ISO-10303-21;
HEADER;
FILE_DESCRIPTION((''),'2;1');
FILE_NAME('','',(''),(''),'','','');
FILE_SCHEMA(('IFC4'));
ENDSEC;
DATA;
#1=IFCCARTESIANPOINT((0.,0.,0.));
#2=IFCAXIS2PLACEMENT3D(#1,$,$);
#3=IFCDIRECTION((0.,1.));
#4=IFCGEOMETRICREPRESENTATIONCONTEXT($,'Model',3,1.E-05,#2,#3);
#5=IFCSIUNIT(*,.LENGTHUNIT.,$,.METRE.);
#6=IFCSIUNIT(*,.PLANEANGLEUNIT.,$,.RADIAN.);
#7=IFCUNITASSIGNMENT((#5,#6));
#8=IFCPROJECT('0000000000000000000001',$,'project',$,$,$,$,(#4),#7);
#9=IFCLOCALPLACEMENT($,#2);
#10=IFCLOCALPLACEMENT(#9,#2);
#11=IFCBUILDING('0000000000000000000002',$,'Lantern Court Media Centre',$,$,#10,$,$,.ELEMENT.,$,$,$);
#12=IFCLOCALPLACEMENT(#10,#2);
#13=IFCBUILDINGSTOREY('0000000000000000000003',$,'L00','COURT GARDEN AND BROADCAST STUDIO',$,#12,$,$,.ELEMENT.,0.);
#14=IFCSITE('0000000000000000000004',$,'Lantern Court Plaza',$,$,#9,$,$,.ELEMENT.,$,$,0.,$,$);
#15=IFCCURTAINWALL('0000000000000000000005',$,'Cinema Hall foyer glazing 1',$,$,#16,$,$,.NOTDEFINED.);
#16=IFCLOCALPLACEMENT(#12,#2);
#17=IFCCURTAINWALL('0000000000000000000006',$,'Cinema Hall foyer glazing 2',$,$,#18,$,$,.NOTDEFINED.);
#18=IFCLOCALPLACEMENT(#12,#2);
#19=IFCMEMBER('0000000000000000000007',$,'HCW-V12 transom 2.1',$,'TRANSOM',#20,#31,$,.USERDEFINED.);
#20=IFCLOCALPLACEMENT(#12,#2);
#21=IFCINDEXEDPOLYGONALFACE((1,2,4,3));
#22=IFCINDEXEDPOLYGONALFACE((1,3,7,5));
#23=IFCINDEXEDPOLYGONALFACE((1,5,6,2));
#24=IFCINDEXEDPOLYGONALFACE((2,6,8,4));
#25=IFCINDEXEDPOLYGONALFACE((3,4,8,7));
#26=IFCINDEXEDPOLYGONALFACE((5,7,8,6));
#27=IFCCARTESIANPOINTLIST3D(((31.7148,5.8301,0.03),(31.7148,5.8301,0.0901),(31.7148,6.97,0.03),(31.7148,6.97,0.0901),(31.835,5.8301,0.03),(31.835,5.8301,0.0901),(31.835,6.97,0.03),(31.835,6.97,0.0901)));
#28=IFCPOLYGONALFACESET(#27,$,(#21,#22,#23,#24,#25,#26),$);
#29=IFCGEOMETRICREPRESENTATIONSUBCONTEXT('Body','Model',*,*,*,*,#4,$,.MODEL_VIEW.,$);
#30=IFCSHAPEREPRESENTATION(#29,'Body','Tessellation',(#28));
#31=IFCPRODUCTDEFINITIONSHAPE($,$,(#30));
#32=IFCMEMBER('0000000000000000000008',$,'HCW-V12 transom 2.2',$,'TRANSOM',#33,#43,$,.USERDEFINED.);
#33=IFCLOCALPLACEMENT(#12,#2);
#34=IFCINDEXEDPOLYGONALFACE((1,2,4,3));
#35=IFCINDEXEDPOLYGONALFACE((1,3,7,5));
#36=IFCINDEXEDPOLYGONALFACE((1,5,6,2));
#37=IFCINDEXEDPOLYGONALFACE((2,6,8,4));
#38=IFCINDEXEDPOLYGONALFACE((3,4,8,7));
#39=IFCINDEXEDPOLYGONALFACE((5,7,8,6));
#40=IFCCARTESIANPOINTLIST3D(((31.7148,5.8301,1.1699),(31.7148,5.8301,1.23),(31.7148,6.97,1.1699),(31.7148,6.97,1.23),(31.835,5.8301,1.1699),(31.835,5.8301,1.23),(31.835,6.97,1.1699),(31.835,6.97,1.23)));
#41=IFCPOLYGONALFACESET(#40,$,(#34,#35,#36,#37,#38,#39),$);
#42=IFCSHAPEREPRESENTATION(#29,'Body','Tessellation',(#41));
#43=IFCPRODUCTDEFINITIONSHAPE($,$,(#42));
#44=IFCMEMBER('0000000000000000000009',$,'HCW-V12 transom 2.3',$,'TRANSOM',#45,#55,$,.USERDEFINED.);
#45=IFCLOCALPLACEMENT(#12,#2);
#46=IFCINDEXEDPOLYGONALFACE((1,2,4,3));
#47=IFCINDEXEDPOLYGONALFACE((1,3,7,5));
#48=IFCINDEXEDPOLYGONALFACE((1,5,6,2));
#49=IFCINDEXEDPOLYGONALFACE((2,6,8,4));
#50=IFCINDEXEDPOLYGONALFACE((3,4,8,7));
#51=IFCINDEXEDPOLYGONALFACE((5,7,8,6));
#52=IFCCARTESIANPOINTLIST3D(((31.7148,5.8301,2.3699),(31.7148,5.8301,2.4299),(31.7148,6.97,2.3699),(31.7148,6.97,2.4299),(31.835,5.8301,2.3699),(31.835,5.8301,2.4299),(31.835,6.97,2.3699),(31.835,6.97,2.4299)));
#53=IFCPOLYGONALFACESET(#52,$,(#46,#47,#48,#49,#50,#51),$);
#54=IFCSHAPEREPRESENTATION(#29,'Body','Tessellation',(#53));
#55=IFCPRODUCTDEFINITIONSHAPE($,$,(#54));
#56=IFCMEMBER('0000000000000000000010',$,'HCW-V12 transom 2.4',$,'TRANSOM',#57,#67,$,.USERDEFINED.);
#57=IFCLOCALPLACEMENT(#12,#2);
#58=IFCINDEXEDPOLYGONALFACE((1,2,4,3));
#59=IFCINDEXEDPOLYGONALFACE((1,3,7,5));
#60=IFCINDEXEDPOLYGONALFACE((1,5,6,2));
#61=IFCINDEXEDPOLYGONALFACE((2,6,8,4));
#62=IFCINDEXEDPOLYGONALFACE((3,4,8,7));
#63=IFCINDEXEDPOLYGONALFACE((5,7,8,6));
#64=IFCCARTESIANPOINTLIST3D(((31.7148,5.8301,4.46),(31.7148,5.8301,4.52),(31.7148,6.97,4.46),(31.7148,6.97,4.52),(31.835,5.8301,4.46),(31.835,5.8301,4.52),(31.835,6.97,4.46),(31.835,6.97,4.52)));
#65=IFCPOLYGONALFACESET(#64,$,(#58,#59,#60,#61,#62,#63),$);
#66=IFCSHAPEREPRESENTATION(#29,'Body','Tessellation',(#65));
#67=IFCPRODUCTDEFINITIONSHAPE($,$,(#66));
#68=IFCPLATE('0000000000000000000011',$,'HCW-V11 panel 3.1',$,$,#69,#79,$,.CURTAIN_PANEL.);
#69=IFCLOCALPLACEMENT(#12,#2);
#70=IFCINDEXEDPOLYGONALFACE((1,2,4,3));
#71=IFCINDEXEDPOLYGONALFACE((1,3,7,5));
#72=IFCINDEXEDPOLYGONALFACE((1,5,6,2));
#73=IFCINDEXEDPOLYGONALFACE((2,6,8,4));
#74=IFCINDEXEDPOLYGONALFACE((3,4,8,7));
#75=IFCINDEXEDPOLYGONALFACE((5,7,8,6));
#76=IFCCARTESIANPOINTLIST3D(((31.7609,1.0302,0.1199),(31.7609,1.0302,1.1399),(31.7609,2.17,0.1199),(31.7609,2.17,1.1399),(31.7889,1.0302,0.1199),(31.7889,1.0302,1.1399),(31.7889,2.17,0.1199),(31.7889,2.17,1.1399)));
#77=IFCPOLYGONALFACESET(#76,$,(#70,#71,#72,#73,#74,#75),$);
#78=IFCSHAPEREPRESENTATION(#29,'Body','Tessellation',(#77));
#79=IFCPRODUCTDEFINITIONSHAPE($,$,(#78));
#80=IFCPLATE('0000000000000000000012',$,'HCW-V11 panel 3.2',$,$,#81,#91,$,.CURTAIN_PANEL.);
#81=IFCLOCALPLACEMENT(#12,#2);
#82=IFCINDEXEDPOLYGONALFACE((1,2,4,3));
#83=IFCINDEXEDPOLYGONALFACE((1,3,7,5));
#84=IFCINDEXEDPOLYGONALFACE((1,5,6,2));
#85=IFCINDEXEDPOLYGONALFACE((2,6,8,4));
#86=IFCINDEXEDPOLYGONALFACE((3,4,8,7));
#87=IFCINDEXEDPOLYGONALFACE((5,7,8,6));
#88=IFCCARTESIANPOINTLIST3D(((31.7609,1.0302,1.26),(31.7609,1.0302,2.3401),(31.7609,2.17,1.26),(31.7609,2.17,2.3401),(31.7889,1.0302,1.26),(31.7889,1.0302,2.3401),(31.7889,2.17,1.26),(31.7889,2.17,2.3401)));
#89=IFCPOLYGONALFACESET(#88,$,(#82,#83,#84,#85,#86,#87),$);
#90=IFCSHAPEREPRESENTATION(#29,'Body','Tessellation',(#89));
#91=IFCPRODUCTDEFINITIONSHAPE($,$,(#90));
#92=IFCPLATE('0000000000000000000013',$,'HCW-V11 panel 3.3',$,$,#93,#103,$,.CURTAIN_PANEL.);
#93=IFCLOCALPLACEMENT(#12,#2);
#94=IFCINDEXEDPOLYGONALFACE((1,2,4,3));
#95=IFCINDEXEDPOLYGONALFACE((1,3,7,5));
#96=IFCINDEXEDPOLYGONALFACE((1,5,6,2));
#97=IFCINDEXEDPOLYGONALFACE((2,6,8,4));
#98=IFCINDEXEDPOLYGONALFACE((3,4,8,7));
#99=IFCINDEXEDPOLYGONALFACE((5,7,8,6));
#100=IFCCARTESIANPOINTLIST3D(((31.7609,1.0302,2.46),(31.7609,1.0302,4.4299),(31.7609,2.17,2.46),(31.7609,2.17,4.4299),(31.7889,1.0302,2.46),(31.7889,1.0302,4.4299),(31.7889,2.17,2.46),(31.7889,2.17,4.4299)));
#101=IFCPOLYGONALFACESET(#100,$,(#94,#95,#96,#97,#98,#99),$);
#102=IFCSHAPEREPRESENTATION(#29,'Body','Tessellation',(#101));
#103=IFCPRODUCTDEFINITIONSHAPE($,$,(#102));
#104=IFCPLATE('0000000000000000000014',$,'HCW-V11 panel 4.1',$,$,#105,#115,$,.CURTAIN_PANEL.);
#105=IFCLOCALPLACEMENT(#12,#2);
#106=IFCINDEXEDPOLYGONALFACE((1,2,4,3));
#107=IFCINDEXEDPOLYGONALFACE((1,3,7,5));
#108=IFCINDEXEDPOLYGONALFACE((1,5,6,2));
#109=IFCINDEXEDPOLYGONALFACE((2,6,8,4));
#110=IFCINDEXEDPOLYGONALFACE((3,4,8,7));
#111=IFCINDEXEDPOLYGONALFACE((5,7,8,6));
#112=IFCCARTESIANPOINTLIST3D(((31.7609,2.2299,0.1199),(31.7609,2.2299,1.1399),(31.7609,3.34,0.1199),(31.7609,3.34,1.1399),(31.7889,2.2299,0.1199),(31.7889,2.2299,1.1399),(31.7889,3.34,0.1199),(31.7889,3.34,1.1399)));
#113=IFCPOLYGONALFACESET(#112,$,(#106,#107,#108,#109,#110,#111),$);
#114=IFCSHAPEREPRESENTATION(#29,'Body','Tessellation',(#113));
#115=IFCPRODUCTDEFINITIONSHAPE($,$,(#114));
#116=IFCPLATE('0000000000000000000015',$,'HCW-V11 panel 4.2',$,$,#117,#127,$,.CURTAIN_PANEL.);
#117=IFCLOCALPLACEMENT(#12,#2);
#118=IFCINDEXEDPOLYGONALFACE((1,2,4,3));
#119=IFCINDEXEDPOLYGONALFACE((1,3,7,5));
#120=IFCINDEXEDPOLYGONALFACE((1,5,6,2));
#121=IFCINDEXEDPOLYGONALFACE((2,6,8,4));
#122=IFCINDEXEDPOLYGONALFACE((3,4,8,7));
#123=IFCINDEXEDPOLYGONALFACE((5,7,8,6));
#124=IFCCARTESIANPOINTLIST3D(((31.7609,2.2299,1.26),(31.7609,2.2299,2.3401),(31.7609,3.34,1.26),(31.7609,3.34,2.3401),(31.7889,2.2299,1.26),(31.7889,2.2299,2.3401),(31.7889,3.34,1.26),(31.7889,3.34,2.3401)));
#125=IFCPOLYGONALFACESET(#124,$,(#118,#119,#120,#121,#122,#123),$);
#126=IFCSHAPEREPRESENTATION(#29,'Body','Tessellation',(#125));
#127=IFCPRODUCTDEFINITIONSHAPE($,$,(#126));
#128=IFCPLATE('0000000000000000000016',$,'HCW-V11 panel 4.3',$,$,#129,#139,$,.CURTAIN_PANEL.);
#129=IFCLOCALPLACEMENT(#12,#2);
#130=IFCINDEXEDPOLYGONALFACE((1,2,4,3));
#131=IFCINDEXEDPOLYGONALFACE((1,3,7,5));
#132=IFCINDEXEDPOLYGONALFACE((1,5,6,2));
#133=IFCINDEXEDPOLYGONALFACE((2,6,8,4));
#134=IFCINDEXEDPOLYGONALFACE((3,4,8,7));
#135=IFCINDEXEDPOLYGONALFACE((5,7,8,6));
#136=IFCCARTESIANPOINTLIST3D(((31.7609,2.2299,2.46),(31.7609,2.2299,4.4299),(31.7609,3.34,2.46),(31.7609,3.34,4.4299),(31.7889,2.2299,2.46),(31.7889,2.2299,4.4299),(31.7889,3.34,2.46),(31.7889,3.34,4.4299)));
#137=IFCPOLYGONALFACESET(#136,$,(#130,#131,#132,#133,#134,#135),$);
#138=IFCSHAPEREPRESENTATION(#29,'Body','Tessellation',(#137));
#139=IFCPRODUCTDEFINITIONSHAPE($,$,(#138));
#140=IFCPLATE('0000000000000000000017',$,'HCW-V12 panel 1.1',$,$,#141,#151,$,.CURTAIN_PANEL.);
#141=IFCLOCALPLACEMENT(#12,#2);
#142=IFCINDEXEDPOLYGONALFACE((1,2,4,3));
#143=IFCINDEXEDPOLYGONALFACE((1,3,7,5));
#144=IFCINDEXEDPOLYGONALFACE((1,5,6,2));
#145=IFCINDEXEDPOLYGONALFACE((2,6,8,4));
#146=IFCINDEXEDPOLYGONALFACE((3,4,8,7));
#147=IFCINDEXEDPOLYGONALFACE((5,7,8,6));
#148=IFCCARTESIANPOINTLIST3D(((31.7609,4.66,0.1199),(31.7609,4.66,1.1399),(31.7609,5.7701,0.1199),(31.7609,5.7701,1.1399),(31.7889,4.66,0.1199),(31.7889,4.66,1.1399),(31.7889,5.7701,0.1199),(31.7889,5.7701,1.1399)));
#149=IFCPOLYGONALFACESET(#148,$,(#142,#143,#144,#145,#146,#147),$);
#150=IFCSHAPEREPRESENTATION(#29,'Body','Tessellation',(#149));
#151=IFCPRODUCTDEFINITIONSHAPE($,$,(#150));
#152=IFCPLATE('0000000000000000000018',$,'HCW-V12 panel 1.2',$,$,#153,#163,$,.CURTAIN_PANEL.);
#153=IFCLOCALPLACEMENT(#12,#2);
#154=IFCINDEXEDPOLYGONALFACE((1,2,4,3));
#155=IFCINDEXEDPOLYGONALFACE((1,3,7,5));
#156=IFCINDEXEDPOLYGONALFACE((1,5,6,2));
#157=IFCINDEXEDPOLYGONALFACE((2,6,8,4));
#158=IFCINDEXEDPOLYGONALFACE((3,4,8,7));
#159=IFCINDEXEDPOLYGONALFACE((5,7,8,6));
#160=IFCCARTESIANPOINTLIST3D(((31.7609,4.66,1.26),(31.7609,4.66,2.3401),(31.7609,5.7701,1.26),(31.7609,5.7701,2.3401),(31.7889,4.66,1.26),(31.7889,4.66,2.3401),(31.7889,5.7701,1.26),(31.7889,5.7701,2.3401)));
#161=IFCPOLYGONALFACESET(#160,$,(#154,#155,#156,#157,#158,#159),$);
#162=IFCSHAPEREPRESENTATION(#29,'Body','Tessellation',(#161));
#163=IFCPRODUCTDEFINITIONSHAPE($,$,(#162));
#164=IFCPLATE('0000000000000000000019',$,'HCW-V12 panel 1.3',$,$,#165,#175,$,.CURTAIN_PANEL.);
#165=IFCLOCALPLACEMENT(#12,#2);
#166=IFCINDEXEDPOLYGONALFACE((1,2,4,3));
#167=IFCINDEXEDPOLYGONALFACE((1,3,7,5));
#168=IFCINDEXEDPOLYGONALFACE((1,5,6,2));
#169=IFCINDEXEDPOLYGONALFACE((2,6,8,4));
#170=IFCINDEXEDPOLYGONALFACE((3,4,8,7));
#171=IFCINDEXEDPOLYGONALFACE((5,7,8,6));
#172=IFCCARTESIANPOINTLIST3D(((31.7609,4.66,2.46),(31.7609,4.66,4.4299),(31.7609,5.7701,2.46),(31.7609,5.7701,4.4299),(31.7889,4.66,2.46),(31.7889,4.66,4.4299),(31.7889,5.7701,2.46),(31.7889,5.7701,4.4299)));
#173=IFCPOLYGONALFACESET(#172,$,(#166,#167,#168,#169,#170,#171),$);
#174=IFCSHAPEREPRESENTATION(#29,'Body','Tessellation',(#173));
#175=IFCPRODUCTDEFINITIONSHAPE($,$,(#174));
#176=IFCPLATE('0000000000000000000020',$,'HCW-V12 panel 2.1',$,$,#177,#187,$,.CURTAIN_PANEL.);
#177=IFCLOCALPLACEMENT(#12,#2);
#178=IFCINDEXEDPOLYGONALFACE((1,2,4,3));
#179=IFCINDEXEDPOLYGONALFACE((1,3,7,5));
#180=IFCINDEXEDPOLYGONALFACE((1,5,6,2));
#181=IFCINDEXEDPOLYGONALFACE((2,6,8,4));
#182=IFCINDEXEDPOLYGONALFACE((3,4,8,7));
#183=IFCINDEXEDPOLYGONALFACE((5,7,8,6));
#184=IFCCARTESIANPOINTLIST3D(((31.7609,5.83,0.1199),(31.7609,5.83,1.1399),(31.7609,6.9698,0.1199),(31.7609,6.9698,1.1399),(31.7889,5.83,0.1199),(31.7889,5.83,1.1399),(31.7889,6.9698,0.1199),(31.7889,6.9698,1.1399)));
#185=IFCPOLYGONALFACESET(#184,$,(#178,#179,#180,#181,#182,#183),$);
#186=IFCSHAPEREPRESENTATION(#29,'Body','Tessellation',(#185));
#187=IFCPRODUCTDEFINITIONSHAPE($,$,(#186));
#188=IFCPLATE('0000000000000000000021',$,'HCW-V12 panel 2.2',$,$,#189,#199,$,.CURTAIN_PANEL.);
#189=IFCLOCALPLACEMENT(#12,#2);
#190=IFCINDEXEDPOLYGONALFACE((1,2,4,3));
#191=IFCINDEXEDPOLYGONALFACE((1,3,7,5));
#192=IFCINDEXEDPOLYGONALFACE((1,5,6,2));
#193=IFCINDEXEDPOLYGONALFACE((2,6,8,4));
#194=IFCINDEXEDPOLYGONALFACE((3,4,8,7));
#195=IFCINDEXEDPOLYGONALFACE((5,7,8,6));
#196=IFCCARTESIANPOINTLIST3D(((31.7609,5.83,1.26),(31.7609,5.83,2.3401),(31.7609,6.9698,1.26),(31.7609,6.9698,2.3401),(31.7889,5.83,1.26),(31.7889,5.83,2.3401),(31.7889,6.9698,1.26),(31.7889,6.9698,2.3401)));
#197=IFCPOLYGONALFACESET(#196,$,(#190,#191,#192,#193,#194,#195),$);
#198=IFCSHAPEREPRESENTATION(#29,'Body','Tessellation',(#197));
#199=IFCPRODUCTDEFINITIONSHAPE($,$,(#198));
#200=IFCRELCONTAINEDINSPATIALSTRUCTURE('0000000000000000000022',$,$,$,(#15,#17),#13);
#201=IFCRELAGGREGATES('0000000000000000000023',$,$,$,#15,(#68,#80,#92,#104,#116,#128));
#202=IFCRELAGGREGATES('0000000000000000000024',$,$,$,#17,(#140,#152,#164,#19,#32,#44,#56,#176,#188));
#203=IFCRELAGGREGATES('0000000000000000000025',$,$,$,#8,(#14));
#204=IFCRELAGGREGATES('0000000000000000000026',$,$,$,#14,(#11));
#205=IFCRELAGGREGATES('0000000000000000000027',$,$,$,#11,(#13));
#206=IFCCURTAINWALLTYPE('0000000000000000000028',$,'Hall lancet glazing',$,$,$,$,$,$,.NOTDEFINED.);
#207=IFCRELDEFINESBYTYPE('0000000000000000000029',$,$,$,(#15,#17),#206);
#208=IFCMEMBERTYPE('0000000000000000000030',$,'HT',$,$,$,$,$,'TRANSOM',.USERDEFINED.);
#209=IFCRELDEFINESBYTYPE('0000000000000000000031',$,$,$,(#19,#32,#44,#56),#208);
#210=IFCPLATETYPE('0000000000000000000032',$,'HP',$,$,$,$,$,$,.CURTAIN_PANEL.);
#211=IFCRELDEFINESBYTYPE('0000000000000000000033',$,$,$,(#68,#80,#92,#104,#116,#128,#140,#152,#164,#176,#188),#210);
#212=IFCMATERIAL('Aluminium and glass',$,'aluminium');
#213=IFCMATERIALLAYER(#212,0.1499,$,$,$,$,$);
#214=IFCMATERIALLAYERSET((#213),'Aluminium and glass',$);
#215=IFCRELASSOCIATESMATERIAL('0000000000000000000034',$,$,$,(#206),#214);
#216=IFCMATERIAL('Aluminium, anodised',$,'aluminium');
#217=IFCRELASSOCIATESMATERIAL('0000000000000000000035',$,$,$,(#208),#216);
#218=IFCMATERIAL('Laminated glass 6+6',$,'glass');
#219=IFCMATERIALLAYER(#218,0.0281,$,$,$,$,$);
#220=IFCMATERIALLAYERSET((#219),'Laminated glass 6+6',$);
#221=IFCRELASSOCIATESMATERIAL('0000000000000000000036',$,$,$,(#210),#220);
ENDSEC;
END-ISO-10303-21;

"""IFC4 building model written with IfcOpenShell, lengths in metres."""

from ifc_helpers import new_model, si_unit, direction, frame, origin, origin_2d, place, context, subcontext, project, spatial, rectangle, extrude, material, layer, layer_set, material_profile, profile_set, type_object, element, aggregate, save


model = new_model("IFC4")

# Units and contexts
model_context = context("Model", 3, precision=1e-05, world=origin(), true_north=direction((0.0, 1.0)))
body_context = subcontext(model_context, "Body", "Model", "MODEL_VIEW")
ifc_project = project(units=[si_unit("LENGTHUNIT", "METRE"), si_unit("PLANEANGLEUNIT", "RADIAN")], contexts=[model_context])

# Site, building, storey
site_placement = place(None, origin())
site = spatial("IfcSite", under=ifc_project, at=site_placement, Name="Lantern Court Plaza", CompositionType="ELEMENT", RefElevation=0.0)
building_placement = place(site_placement, origin())
building = spatial("IfcBuilding", under=site, at=building_placement, Name="Lantern Court Media Centre", CompositionType="ELEMENT")
storey_placement = place(building_placement, origin())
storey = spatial("IfcBuildingStorey", under=building, at=storey_placement, Name="L00", Description="COURT GARDEN AND BROADCAST STUDIO", CompositionType="ELEMENT", Elevation=0.0)

# Curtain walls
ifc_material_1 = material(Name="Aluminium and glass", Category="aluminium")
ifc_layer_1 = layer(ifc_material_1, 0.1499)
ifc_layer_set_1 = layer_set([ifc_layer_1], Name="Aluminium and glass")
curtain_wall_type = type_object("IfcCurtainWallType", Name="Hall lancet glazing", PredefinedType="NOTDEFINED", material=ifc_layer_set_1)
curtain_wall_1_placement = place(storey_placement, origin())
curtain_wall_1 = element("IfcCurtainWall", 1, at=curtain_wall_1_placement, inside=storey, type_object=curtain_wall_type, Name="Cinema Hall foyer glazing 1", PredefinedType="NOTDEFINED")
ifc_material_2 = material(Name="Aluminium, anodised", Category="aluminium")
curtain_wall_2_placement = place(storey_placement, origin())
curtain_wall_2 = element("IfcCurtainWall", 2, at=curtain_wall_2_placement, inside=storey, type_object=curtain_wall_type, Name="Cinema Hall foyer glazing 2", PredefinedType="NOTDEFINED")

# Members
ifc_material_profile_1 = material_profile(ifc_material_2, rectangle(XDim=0.1201, YDim=0.0601, at=origin_2d()), Name="HT")
ifc_profile_set_1 = profile_set([ifc_material_profile_1], Name="Aluminium, anodised")
member_type_1 = type_object("IfcMemberType", Name="HT", ElementType="TRANSOM", PredefinedType="USERDEFINED", material=ifc_profile_set_1)
member_1_placement = place(storey_placement, frame((31.7749, 5.8301, 0.0601), z_axis=(0.0, 1.0, 0.0), x_axis=(-1.0, 0.0, 0.0)))
member_1 = element("IfcMember", 3, at=member_1_placement, type_object=member_type_1, Name="HCW-V12 transom 2.1", ObjectType="TRANSOM", PredefinedType="USERDEFINED", context=body_context, shape_type="SweptSolid", body=[
    extrude(rectangle(XDim=0.1201, YDim=0.0601, at=origin_2d()), origin(), (0.0, 0.0, 1.0), 1.1399),
])
member_2_placement = place(storey_placement, frame((31.7749, 5.8301, 1.2), z_axis=(0.0, 1.0, 0.0), x_axis=(-1.0, 0.0, 0.0)))
member_2 = element("IfcMember", 4, at=member_2_placement, type_object=member_type_1, Name="HCW-V12 transom 2.2", ObjectType="TRANSOM", PredefinedType="USERDEFINED", context=body_context, shape_type="SweptSolid", body=[
    extrude(rectangle(XDim=0.1201, YDim=0.0601, at=origin_2d()), origin(), (0.0, 0.0, 1.0), 1.1399),
])
member_3_placement = place(storey_placement, frame((31.7749, 5.8301, 2.3999), z_axis=(0.0, 1.0, 0.0), x_axis=(-1.0, 0.0, 0.0)))
member_3 = element("IfcMember", 5, at=member_3_placement, type_object=member_type_1, Name="HCW-V12 transom 2.3", ObjectType="TRANSOM", PredefinedType="USERDEFINED", context=body_context, shape_type="SweptSolid", body=[
    extrude(rectangle(XDim=0.1201, YDim=0.0601, at=origin_2d()), origin(), (0.0, 0.0, 1.0), 1.1399),
])
member_4_placement = place(storey_placement, frame((31.7749, 5.8301, 4.49), z_axis=(0.0, 1.0, 0.0), x_axis=(-1.0, 0.0, 0.0)))
member_4 = element("IfcMember", 6, at=member_4_placement, type_object=member_type_1, Name="HCW-V12 transom 2.4", ObjectType="TRANSOM", PredefinedType="USERDEFINED", context=body_context, shape_type="SweptSolid", body=[
    extrude(rectangle(XDim=0.1201, YDim=0.0601, at=origin_2d()), origin(), (0.0, 0.0, 1.0), 1.1399),
])

# Plates
ifc_material_3 = material(Name="Laminated glass 6+6", Category="glass")
ifc_layer_2 = layer(ifc_material_3, 0.0281)
ifc_layer_set_2 = layer_set([ifc_layer_2], Name="Laminated glass 6+6")
plate_type = type_object("IfcPlateType", Name="HP", PredefinedType="CURTAIN_PANEL", material=ifc_layer_set_2)
plate_1_placement = place(storey_placement, frame((31.7749, 1.6001, 0.1199), z_axis=(0.0, 0.0, 1.0), x_axis=(0.0, 1.0, 0.0)))
plate_1 = element("IfcPlate", 7, at=plate_1_placement, type_object=plate_type, Name="HCW-V11 panel 3.1", PredefinedType="CURTAIN_PANEL", context=body_context, shape_type="SweptSolid", body=[
    extrude(rectangle(XDim=1.1399, YDim=0.0281, at=origin_2d()), origin(), (0.0, 0.0, 1.0), 1.02),
])
plate_2_placement = place(storey_placement, frame((31.7749, 1.6001, 1.26), z_axis=(0.0, 0.0, 1.0), x_axis=(0.0, 1.0, 0.0)))
plate_2 = element("IfcPlate", 8, at=plate_2_placement, type_object=plate_type, Name="HCW-V11 panel 3.2", PredefinedType="CURTAIN_PANEL", context=body_context, shape_type="SweptSolid", body=[
    extrude(rectangle(XDim=1.1399, YDim=0.0281, at=origin_2d()), origin(), (0.0, 0.0, 1.0), 1.0801),
])
plate_3_placement = place(storey_placement, frame((31.7749, 1.6001, 2.46), z_axis=(0.0, 0.0, 1.0), x_axis=(0.0, 1.0, 0.0)))
plate_3 = element("IfcPlate", 9, at=plate_3_placement, type_object=plate_type, Name="HCW-V11 panel 3.3", PredefinedType="CURTAIN_PANEL", context=body_context, shape_type="SweptSolid", body=[
    extrude(rectangle(XDim=1.1399, YDim=0.0281, at=origin_2d()), origin(), (0.0, 0.0, 1.0), 1.97),
])
plate_4_placement = place(storey_placement, frame((31.7749, 2.7849, 0.1199), z_axis=(0.0, 0.0, 1.0), x_axis=(0.0, 1.0, 0.0)))
plate_4 = element("IfcPlate", 10, at=plate_4_placement, type_object=plate_type, Name="HCW-V11 panel 4.1", PredefinedType="CURTAIN_PANEL", context=body_context, shape_type="SweptSolid", body=[
    extrude(rectangle(XDim=1.1101, YDim=0.0281, at=origin_2d()), origin(), (0.0, 0.0, 1.0), 1.02),
])
plate_5_placement = place(storey_placement, frame((31.7749, 2.7849, 1.26), z_axis=(0.0, 0.0, 1.0), x_axis=(0.0, 1.0, 0.0)))
plate_5 = element("IfcPlate", 11, at=plate_5_placement, type_object=plate_type, Name="HCW-V11 panel 4.2", PredefinedType="CURTAIN_PANEL", context=body_context, shape_type="SweptSolid", body=[
    extrude(rectangle(XDim=1.1101, YDim=0.0281, at=origin_2d()), origin(), (0.0, 0.0, 1.0), 1.0801),
])
plate_6_placement = place(storey_placement, frame((31.7749, 2.7849, 2.46), z_axis=(0.0, 0.0, 1.0), x_axis=(0.0, 1.0, 0.0)))
plate_6 = element("IfcPlate", 12, at=plate_6_placement, type_object=plate_type, Name="HCW-V11 panel 4.3", PredefinedType="CURTAIN_PANEL", context=body_context, shape_type="SweptSolid", body=[
    extrude(rectangle(XDim=1.1101, YDim=0.0281, at=origin_2d()), origin(), (0.0, 0.0, 1.0), 1.97),
])
aggregate(curtain_wall_1, [plate_1, plate_2, plate_3, plate_4, plate_5, plate_6])
plate_7_placement = place(storey_placement, frame((31.7749, 5.2151, 0.1199), z_axis=(0.0, 0.0, 1.0), x_axis=(0.0, 1.0, 0.0)))
plate_7 = element("IfcPlate", 13, at=plate_7_placement, type_object=plate_type, Name="HCW-V12 panel 1.1", PredefinedType="CURTAIN_PANEL", context=body_context, shape_type="SweptSolid", body=[
    extrude(rectangle(XDim=1.1101, YDim=0.0281, at=origin_2d()), origin(), (0.0, 0.0, 1.0), 1.02),
])
plate_8_placement = place(storey_placement, frame((31.7749, 5.2151, 1.26), z_axis=(0.0, 0.0, 1.0), x_axis=(0.0, 1.0, 0.0)))
plate_8 = element("IfcPlate", 14, at=plate_8_placement, type_object=plate_type, Name="HCW-V12 panel 1.2", PredefinedType="CURTAIN_PANEL", context=body_context, shape_type="SweptSolid", body=[
    extrude(rectangle(XDim=1.1101, YDim=0.0281, at=origin_2d()), origin(), (0.0, 0.0, 1.0), 1.0801),
])
plate_9_placement = place(storey_placement, frame((31.7749, 5.2151, 2.46), z_axis=(0.0, 0.0, 1.0), x_axis=(0.0, 1.0, 0.0)))
plate_9 = element("IfcPlate", 15, at=plate_9_placement, type_object=plate_type, Name="HCW-V12 panel 1.3", PredefinedType="CURTAIN_PANEL", context=body_context, shape_type="SweptSolid", body=[
    extrude(rectangle(XDim=1.1101, YDim=0.0281, at=origin_2d()), origin(), (0.0, 0.0, 1.0), 1.97),
])
plate_10_placement = place(storey_placement, frame((31.7749, 6.3999, 0.1199), z_axis=(0.0, 0.0, 1.0), x_axis=(0.0, 1.0, 0.0)))
plate_10 = element("IfcPlate", 16, at=plate_10_placement, type_object=plate_type, Name="HCW-V12 panel 2.1", PredefinedType="CURTAIN_PANEL", context=body_context, shape_type="SweptSolid", body=[
    extrude(rectangle(XDim=1.1399, YDim=0.0281, at=origin_2d()), origin(), (0.0, 0.0, 1.0), 1.02),
])
plate_11_placement = place(storey_placement, frame((31.7749, 6.3999, 1.26), z_axis=(0.0, 0.0, 1.0), x_axis=(0.0, 1.0, 0.0)))
plate_11 = element("IfcPlate", 17, at=plate_11_placement, type_object=plate_type, Name="HCW-V12 panel 2.2", PredefinedType="CURTAIN_PANEL", context=body_context, shape_type="SweptSolid", body=[
    extrude(rectangle(XDim=1.1399, YDim=0.0281, at=origin_2d()), origin(), (0.0, 0.0, 1.0), 1.0801),
])
aggregate(curtain_wall_2, [plate_7, plate_8, plate_9, member_1, member_2, member_3, member_4, plate_10, plate_11])

save(model, "model.ifc")
